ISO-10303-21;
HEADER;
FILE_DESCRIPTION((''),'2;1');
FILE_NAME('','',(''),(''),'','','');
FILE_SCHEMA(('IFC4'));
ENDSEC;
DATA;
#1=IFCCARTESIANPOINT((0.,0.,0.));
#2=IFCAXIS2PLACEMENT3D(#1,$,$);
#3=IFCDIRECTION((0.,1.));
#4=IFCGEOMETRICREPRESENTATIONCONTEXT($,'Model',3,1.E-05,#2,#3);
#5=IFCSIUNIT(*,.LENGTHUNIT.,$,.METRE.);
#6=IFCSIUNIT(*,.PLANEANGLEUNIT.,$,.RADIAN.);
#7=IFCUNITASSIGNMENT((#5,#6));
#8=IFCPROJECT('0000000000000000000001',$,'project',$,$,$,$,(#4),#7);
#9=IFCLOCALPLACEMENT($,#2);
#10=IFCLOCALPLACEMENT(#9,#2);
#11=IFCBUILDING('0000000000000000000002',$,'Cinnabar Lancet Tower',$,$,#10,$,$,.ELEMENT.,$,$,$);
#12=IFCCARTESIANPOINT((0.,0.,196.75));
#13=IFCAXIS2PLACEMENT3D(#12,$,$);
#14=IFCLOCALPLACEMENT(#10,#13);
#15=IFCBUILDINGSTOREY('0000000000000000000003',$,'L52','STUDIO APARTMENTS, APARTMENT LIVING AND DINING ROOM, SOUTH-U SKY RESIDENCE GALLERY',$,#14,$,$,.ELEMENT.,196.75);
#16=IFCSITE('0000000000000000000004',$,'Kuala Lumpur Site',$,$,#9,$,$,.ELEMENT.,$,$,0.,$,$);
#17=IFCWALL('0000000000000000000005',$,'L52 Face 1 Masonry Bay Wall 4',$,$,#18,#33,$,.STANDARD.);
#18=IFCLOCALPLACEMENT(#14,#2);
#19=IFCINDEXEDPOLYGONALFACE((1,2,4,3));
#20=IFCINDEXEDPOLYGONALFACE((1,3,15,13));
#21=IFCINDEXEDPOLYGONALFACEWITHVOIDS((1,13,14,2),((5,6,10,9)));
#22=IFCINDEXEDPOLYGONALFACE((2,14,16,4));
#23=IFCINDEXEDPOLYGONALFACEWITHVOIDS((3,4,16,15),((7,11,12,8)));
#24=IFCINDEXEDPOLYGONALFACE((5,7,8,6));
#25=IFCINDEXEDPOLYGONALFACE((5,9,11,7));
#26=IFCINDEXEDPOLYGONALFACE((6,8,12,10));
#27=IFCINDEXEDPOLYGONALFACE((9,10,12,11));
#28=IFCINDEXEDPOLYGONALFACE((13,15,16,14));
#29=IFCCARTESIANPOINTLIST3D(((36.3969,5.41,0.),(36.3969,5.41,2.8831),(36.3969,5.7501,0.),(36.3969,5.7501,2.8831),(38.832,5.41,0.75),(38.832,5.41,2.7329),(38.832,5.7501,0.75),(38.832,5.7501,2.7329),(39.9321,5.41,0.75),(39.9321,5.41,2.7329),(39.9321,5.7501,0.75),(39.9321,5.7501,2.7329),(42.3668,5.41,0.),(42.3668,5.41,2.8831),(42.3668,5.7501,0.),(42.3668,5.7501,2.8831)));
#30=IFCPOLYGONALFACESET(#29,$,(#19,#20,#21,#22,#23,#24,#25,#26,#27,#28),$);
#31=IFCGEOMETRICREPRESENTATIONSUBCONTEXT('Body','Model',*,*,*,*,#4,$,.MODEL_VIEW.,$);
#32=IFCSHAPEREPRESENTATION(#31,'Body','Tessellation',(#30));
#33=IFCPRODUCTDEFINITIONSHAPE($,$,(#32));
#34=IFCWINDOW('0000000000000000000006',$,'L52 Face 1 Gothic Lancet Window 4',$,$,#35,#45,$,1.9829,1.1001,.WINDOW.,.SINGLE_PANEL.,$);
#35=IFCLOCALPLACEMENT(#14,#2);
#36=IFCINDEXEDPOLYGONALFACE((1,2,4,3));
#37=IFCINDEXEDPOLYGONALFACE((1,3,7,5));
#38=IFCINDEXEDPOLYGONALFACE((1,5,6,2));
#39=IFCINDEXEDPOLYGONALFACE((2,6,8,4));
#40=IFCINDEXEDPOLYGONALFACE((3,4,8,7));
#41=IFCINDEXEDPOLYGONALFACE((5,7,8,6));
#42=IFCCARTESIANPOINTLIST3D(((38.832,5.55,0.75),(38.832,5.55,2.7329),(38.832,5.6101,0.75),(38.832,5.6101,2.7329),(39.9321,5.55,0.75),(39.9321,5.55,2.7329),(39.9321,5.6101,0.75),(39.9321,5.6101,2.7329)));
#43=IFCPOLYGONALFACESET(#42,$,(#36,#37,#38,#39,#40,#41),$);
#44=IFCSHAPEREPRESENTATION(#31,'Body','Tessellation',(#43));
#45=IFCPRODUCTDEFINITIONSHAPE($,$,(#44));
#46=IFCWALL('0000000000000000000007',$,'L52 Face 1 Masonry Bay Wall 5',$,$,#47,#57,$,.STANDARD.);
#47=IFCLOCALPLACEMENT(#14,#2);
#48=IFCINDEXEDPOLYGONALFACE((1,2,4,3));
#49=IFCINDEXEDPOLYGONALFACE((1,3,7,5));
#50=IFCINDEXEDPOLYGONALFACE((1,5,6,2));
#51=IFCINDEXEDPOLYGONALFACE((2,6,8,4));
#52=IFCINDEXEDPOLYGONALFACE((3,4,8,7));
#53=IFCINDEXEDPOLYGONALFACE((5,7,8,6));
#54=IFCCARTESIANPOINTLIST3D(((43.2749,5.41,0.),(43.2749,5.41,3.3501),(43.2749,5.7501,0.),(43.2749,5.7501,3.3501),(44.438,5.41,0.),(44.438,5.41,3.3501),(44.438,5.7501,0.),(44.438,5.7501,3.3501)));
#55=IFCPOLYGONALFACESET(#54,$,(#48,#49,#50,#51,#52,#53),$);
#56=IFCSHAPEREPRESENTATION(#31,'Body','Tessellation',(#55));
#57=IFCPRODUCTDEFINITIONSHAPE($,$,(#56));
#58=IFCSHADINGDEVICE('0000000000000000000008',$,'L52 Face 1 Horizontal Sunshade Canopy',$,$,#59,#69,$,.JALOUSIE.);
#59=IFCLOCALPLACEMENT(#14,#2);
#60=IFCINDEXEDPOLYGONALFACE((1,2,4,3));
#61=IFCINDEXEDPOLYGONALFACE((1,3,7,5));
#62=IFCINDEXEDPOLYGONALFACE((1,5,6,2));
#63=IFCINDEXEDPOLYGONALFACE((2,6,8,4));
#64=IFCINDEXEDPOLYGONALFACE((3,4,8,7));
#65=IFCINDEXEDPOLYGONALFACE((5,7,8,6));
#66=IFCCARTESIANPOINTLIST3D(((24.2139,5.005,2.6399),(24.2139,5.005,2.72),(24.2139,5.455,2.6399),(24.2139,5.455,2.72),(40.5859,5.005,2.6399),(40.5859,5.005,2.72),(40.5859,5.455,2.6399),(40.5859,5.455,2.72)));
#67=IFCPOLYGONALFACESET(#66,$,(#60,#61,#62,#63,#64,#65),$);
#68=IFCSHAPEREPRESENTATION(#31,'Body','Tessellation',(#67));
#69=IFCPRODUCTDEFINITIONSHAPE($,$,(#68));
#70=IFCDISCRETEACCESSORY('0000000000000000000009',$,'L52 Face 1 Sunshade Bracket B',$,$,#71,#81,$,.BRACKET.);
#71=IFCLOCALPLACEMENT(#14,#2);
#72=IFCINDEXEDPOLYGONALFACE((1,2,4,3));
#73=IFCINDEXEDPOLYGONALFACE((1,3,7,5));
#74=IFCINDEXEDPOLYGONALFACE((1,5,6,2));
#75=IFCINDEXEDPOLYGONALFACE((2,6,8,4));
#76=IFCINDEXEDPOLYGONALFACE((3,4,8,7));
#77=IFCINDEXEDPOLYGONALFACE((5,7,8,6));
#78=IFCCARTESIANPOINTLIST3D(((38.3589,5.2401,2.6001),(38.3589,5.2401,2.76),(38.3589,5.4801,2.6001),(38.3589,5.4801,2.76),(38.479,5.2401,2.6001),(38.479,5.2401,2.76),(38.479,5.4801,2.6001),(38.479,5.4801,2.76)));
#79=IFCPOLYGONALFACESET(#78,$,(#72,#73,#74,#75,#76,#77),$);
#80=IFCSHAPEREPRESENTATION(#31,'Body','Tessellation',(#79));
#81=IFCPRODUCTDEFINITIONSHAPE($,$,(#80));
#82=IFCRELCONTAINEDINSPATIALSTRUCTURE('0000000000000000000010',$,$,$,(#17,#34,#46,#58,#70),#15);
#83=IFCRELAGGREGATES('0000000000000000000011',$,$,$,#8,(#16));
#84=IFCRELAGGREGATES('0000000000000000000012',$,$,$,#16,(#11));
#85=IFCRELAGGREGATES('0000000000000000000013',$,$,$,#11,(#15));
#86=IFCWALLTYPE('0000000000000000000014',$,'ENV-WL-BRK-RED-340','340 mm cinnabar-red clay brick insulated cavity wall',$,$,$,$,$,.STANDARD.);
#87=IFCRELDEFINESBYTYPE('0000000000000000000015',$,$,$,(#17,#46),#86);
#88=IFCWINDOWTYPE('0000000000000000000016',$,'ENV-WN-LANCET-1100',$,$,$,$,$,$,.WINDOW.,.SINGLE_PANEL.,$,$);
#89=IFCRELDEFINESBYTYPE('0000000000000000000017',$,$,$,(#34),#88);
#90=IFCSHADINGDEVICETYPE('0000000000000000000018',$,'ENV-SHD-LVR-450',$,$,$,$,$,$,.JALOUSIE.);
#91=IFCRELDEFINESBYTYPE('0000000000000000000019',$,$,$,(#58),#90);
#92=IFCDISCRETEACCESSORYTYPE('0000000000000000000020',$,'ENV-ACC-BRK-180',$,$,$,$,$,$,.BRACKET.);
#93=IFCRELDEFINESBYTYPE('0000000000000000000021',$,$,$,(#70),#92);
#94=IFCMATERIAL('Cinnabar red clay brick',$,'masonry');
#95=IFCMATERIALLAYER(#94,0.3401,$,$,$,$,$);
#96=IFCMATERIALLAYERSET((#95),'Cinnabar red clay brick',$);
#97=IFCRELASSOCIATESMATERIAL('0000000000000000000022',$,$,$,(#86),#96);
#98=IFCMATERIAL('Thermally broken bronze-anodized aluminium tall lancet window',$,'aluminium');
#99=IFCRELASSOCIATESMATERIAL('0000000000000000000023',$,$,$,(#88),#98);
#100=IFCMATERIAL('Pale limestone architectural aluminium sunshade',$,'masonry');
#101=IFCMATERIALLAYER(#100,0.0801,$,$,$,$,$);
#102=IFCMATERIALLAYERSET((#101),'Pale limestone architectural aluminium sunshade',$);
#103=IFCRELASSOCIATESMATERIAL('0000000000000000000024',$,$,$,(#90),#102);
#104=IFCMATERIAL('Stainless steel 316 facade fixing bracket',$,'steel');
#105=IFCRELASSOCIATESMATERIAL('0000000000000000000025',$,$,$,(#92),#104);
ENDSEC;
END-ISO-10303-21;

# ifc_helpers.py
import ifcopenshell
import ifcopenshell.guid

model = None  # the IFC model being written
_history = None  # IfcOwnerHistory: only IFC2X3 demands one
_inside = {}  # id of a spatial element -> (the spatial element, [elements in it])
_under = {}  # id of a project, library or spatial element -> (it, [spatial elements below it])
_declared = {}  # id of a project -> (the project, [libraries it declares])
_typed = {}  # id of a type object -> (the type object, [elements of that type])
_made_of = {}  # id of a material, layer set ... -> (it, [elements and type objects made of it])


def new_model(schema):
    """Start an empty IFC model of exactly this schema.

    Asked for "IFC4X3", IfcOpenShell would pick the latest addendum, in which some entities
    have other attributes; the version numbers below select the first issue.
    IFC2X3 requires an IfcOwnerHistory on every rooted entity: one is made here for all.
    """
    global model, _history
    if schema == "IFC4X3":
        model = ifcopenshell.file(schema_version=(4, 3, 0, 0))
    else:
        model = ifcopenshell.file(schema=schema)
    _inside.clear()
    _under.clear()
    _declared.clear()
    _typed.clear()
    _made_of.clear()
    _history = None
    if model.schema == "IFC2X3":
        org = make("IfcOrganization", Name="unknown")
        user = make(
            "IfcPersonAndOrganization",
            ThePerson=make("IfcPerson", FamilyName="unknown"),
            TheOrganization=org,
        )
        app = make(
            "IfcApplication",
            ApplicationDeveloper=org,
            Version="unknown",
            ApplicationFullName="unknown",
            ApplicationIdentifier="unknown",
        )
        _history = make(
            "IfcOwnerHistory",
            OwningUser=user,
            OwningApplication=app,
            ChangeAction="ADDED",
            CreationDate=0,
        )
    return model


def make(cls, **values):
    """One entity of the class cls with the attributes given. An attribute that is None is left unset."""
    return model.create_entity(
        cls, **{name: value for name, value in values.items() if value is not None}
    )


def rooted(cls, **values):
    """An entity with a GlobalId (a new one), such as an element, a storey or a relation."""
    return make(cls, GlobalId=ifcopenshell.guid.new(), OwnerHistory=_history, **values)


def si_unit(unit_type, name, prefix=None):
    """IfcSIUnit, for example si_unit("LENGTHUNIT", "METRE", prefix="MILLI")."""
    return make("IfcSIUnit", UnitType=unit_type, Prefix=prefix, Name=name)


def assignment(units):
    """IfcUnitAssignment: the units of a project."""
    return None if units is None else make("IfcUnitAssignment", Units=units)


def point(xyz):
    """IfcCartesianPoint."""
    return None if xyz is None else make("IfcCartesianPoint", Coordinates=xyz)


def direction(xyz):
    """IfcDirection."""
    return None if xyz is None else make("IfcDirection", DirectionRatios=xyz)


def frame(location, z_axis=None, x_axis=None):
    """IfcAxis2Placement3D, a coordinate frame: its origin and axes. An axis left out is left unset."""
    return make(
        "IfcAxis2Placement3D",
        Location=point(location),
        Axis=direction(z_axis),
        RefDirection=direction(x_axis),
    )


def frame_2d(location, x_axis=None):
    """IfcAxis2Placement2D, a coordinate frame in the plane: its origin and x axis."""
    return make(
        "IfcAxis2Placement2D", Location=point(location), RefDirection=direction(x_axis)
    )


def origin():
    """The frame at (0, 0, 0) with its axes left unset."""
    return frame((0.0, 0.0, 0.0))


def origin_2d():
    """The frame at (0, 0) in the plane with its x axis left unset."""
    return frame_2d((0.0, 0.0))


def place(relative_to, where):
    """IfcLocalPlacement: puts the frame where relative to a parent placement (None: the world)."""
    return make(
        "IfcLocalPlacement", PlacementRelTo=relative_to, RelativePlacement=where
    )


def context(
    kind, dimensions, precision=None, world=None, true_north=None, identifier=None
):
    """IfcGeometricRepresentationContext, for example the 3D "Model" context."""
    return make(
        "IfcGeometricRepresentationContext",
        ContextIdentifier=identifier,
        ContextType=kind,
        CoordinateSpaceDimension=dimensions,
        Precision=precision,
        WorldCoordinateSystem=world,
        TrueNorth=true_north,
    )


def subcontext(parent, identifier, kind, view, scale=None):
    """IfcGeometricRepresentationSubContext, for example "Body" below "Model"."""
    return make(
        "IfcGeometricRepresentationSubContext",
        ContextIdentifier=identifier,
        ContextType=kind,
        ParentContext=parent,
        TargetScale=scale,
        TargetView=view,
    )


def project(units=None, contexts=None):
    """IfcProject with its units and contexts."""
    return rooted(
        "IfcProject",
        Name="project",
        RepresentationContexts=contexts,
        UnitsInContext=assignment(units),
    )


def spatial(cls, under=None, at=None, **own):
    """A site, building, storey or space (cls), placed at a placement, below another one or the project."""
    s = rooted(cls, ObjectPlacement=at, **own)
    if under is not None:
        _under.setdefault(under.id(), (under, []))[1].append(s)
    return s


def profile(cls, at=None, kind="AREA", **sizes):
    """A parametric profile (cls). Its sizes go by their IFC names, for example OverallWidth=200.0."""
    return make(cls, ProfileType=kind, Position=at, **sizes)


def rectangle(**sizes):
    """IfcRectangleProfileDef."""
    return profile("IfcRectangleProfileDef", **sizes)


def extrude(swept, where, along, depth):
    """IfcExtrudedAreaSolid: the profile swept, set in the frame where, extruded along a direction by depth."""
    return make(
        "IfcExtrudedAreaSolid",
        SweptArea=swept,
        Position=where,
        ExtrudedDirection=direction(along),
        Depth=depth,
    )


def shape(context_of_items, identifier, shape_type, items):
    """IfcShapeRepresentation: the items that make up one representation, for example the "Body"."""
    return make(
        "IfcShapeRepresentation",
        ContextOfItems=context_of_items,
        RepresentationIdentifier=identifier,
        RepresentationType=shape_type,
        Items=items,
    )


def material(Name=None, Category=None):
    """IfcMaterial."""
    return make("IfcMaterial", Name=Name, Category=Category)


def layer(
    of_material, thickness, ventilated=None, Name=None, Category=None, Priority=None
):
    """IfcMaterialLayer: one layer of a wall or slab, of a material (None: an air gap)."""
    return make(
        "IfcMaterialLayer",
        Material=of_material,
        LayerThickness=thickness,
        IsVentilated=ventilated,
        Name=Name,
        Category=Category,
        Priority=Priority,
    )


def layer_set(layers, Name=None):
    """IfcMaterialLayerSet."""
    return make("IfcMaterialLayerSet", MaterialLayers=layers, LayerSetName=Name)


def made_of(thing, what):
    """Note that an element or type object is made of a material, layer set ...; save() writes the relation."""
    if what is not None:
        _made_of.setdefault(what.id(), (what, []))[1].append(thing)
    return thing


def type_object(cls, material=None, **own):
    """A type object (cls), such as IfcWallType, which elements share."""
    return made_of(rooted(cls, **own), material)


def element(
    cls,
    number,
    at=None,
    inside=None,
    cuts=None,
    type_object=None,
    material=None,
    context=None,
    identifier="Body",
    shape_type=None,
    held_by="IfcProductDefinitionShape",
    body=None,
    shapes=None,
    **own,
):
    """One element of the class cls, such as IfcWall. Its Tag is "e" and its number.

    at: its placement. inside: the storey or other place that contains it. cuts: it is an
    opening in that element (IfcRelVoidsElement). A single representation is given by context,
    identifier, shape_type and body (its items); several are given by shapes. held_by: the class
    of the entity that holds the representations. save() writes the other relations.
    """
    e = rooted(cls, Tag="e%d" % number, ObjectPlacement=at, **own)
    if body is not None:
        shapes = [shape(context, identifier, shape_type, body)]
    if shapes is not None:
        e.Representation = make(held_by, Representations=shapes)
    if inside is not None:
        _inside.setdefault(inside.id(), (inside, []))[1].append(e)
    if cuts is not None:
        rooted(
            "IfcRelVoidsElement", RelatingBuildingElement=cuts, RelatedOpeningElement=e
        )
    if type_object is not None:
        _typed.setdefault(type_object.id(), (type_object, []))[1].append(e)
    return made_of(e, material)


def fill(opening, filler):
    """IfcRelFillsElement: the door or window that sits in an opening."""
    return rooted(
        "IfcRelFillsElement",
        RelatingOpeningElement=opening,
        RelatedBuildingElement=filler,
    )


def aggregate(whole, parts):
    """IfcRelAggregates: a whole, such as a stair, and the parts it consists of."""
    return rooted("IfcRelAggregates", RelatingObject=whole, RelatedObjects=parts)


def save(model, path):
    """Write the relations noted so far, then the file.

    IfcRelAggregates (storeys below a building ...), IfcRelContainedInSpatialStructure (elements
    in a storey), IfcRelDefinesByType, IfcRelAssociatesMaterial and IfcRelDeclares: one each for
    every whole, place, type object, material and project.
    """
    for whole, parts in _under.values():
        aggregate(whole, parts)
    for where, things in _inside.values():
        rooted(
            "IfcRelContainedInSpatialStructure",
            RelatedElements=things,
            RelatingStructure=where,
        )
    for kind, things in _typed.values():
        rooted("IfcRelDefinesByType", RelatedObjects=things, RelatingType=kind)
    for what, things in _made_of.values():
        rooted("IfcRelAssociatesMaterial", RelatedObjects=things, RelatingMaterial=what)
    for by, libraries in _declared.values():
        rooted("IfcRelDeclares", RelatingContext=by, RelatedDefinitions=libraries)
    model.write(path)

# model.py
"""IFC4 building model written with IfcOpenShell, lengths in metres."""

from ifc_helpers import new_model, si_unit, direction, frame, frame_2d, origin, origin_2d, place, context, subcontext, project, spatial, rectangle, extrude, material, layer, layer_set, type_object, element, fill, save


model = new_model("IFC4")

# Units and contexts
model_context = context("Model", 3, precision=1e-05, world=origin(), true_north=direction((0.0, 1.0)))
body_context = subcontext(model_context, "Body", "Model", "MODEL_VIEW")
ifc_project = project(units=[si_unit("LENGTHUNIT", "METRE"), si_unit("PLANEANGLEUNIT", "RADIAN")], contexts=[model_context])

# Site, building, storey
site_placement = place(None, origin())
site = spatial("IfcSite", under=ifc_project, at=site_placement, Name="Kuala Lumpur Site", CompositionType="ELEMENT", RefElevation=0.0)
building_placement = place(site_placement, origin())
building = spatial("IfcBuilding", under=site, at=building_placement, Name="Cinnabar Lancet Tower", CompositionType="ELEMENT")
storey_placement = place(building_placement, frame((0.0, 0.0, 196.75)))
storey = spatial("IfcBuildingStorey", under=building, at=storey_placement, Name="L52", Description="STUDIO APARTMENTS, APARTMENT LIVING AND DINING ROOM, SOUTH-U SKY RESIDENCE GALLERY", CompositionType="ELEMENT", Elevation=196.75)

# Shared definitions
ifc_material_1 = material(Name="Cinnabar red clay brick", Category="masonry")
ifc_layer_1 = layer(ifc_material_1, 0.3401)
ifc_layer_set_1 = layer_set([ifc_layer_1], Name="Cinnabar red clay brick")
wall_type_1 = type_object("IfcWallType", Name="ENV-WL-BRK-RED-340", Description="340 mm cinnabar-red clay brick insulated cavity wall", PredefinedType="STANDARD", material=ifc_layer_set_1)

# Wall, opening, window
wall_1_placement = place(storey_placement, frame((36.397, 5.5801, 0.0), z_axis=(0.0, 0.0, 1.0), x_axis=(1.0, 0.0, 0.0)))
wall_1 = element("IfcWall", 1, at=wall_1_placement, inside=storey, type_object=wall_type_1, Name="L52 Face 1 Masonry Bay Wall 4", PredefinedType="STANDARD", context=body_context, shape_type="SweptSolid", body=[
    extrude(rectangle(XDim=5.97, YDim=0.3401, at=frame_2d((2.9849, 0.0))), origin(), (0.0, 0.0, 1.0), 2.8831),
])
opening_1_placement = place(wall_1_placement, frame((2.4351, 0.0, 0.75)))
opening_1 = element("IfcOpeningElement", 2, at=opening_1_placement, cuts=wall_1, PredefinedType="OPENING", context=body_context, shape_type="SweptSolid", body=[
    extrude(rectangle(XDim=1.1001, YDim=1.9829, at=frame_2d((0.55, 0.9915))), frame((0.0, 0.1799, 0.0), z_axis=(0.0, -1.0, 0.0), x_axis=(1.0, 0.0, 0.0)), (0.0, 0.0, 1.0), 0.3601),
])
ifc_material_2 = material(Name="Thermally broken bronze-anodized aluminium tall lancet window", Category="aluminium")
window_type = type_object("IfcWindowType", Name="ENV-WN-LANCET-1100", PartitioningType="SINGLE_PANEL", PredefinedType="WINDOW", material=ifc_material_2)
window_placement = place(opening_1_placement, origin())
window = element("IfcWindow", 3, at=window_placement, inside=storey, type_object=window_type, Name="L52 Face 1 Gothic Lancet Window 4", OverallHeight=1.9829, OverallWidth=1.1001, PartitioningType="SINGLE_PANEL", PredefinedType="WINDOW", context=body_context, shape_type="SweptSolid", body=[
    extrude(rectangle(XDim=1.1001, YDim=1.9829, at=frame_2d((0.55, 0.9915))), frame((0.0, 0.03, 0.0), z_axis=(0.0, -1.0, 0.0), x_axis=(1.0, 0.0, 0.0)), (0.0, 0.0, 1.0), 0.0601),
])
fill(opening_1, window)

# Wall
wall_2_placement = place(storey_placement, frame((43.2749, 5.5801, 0.0), z_axis=(0.0, 0.0, 1.0), x_axis=(1.0, 0.0, 0.0)))
element("IfcWall", 4, at=wall_2_placement, inside=storey, type_object=wall_type_1, Name="L52 Face 1 Masonry Bay Wall 5", PredefinedType="STANDARD", context=body_context, shape_type="SweptSolid", body=[
    extrude(rectangle(XDim=1.1631, YDim=0.3401, at=frame_2d((0.5815, 0.0))), origin(), (0.0, 0.0, 1.0), 3.3501),
])

# Shading device
ifc_material_3 = material(Name="Pale limestone architectural aluminium sunshade", Category="masonry")
ifc_layer_2 = layer(ifc_material_3, 0.0801)
ifc_layer_set_2 = layer_set([ifc_layer_2], Name="Pale limestone architectural aluminium sunshade")
shading_device_type = type_object("IfcShadingDeviceType", Name="ENV-SHD-LVR-450", PredefinedType="JALOUSIE", material=ifc_layer_set_2)
shading_device_placement = place(storey_placement, frame((32.3999, 5.23, 2.6399), z_axis=(0.0, 0.0, 1.0), x_axis=(1.0, 0.0, 0.0)))
element("IfcShadingDevice", 5, at=shading_device_placement, inside=storey, type_object=shading_device_type, Name="L52 Face 1 Horizontal Sunshade Canopy", PredefinedType="JALOUSIE", context=body_context, shape_type="SweptSolid", body=[
    extrude(rectangle(XDim=16.3721, YDim=0.45, at=origin_2d()), origin(), (0.0, 0.0, 1.0), 0.0801),
])

# Discrete accessory
ifc_material_4 = material(Name="Stainless steel 316 facade fixing bracket", Category="steel")
discrete_accessory_type = type_object("IfcDiscreteAccessoryType", Name="ENV-ACC-BRK-180", PredefinedType="BRACKET", material=ifc_material_4)
discrete_accessory_placement = place(storey_placement, frame((38.4189, 5.3601, 2.6001), z_axis=(0.0, 0.0, 1.0), x_axis=(1.0, 0.0, 0.0)))
element("IfcDiscreteAccessory", 6, at=discrete_accessory_placement, inside=storey, type_object=discrete_accessory_type, Name="L52 Face 1 Sunshade Bracket B", PredefinedType="BRACKET", context=body_context, shape_type="SweptSolid", body=[
    extrude(rectangle(XDim=0.1201, YDim=0.24, at=origin_2d()), origin(), (0.0, 0.0, 1.0), 0.1599),
])

save(model, "model.ifc")
